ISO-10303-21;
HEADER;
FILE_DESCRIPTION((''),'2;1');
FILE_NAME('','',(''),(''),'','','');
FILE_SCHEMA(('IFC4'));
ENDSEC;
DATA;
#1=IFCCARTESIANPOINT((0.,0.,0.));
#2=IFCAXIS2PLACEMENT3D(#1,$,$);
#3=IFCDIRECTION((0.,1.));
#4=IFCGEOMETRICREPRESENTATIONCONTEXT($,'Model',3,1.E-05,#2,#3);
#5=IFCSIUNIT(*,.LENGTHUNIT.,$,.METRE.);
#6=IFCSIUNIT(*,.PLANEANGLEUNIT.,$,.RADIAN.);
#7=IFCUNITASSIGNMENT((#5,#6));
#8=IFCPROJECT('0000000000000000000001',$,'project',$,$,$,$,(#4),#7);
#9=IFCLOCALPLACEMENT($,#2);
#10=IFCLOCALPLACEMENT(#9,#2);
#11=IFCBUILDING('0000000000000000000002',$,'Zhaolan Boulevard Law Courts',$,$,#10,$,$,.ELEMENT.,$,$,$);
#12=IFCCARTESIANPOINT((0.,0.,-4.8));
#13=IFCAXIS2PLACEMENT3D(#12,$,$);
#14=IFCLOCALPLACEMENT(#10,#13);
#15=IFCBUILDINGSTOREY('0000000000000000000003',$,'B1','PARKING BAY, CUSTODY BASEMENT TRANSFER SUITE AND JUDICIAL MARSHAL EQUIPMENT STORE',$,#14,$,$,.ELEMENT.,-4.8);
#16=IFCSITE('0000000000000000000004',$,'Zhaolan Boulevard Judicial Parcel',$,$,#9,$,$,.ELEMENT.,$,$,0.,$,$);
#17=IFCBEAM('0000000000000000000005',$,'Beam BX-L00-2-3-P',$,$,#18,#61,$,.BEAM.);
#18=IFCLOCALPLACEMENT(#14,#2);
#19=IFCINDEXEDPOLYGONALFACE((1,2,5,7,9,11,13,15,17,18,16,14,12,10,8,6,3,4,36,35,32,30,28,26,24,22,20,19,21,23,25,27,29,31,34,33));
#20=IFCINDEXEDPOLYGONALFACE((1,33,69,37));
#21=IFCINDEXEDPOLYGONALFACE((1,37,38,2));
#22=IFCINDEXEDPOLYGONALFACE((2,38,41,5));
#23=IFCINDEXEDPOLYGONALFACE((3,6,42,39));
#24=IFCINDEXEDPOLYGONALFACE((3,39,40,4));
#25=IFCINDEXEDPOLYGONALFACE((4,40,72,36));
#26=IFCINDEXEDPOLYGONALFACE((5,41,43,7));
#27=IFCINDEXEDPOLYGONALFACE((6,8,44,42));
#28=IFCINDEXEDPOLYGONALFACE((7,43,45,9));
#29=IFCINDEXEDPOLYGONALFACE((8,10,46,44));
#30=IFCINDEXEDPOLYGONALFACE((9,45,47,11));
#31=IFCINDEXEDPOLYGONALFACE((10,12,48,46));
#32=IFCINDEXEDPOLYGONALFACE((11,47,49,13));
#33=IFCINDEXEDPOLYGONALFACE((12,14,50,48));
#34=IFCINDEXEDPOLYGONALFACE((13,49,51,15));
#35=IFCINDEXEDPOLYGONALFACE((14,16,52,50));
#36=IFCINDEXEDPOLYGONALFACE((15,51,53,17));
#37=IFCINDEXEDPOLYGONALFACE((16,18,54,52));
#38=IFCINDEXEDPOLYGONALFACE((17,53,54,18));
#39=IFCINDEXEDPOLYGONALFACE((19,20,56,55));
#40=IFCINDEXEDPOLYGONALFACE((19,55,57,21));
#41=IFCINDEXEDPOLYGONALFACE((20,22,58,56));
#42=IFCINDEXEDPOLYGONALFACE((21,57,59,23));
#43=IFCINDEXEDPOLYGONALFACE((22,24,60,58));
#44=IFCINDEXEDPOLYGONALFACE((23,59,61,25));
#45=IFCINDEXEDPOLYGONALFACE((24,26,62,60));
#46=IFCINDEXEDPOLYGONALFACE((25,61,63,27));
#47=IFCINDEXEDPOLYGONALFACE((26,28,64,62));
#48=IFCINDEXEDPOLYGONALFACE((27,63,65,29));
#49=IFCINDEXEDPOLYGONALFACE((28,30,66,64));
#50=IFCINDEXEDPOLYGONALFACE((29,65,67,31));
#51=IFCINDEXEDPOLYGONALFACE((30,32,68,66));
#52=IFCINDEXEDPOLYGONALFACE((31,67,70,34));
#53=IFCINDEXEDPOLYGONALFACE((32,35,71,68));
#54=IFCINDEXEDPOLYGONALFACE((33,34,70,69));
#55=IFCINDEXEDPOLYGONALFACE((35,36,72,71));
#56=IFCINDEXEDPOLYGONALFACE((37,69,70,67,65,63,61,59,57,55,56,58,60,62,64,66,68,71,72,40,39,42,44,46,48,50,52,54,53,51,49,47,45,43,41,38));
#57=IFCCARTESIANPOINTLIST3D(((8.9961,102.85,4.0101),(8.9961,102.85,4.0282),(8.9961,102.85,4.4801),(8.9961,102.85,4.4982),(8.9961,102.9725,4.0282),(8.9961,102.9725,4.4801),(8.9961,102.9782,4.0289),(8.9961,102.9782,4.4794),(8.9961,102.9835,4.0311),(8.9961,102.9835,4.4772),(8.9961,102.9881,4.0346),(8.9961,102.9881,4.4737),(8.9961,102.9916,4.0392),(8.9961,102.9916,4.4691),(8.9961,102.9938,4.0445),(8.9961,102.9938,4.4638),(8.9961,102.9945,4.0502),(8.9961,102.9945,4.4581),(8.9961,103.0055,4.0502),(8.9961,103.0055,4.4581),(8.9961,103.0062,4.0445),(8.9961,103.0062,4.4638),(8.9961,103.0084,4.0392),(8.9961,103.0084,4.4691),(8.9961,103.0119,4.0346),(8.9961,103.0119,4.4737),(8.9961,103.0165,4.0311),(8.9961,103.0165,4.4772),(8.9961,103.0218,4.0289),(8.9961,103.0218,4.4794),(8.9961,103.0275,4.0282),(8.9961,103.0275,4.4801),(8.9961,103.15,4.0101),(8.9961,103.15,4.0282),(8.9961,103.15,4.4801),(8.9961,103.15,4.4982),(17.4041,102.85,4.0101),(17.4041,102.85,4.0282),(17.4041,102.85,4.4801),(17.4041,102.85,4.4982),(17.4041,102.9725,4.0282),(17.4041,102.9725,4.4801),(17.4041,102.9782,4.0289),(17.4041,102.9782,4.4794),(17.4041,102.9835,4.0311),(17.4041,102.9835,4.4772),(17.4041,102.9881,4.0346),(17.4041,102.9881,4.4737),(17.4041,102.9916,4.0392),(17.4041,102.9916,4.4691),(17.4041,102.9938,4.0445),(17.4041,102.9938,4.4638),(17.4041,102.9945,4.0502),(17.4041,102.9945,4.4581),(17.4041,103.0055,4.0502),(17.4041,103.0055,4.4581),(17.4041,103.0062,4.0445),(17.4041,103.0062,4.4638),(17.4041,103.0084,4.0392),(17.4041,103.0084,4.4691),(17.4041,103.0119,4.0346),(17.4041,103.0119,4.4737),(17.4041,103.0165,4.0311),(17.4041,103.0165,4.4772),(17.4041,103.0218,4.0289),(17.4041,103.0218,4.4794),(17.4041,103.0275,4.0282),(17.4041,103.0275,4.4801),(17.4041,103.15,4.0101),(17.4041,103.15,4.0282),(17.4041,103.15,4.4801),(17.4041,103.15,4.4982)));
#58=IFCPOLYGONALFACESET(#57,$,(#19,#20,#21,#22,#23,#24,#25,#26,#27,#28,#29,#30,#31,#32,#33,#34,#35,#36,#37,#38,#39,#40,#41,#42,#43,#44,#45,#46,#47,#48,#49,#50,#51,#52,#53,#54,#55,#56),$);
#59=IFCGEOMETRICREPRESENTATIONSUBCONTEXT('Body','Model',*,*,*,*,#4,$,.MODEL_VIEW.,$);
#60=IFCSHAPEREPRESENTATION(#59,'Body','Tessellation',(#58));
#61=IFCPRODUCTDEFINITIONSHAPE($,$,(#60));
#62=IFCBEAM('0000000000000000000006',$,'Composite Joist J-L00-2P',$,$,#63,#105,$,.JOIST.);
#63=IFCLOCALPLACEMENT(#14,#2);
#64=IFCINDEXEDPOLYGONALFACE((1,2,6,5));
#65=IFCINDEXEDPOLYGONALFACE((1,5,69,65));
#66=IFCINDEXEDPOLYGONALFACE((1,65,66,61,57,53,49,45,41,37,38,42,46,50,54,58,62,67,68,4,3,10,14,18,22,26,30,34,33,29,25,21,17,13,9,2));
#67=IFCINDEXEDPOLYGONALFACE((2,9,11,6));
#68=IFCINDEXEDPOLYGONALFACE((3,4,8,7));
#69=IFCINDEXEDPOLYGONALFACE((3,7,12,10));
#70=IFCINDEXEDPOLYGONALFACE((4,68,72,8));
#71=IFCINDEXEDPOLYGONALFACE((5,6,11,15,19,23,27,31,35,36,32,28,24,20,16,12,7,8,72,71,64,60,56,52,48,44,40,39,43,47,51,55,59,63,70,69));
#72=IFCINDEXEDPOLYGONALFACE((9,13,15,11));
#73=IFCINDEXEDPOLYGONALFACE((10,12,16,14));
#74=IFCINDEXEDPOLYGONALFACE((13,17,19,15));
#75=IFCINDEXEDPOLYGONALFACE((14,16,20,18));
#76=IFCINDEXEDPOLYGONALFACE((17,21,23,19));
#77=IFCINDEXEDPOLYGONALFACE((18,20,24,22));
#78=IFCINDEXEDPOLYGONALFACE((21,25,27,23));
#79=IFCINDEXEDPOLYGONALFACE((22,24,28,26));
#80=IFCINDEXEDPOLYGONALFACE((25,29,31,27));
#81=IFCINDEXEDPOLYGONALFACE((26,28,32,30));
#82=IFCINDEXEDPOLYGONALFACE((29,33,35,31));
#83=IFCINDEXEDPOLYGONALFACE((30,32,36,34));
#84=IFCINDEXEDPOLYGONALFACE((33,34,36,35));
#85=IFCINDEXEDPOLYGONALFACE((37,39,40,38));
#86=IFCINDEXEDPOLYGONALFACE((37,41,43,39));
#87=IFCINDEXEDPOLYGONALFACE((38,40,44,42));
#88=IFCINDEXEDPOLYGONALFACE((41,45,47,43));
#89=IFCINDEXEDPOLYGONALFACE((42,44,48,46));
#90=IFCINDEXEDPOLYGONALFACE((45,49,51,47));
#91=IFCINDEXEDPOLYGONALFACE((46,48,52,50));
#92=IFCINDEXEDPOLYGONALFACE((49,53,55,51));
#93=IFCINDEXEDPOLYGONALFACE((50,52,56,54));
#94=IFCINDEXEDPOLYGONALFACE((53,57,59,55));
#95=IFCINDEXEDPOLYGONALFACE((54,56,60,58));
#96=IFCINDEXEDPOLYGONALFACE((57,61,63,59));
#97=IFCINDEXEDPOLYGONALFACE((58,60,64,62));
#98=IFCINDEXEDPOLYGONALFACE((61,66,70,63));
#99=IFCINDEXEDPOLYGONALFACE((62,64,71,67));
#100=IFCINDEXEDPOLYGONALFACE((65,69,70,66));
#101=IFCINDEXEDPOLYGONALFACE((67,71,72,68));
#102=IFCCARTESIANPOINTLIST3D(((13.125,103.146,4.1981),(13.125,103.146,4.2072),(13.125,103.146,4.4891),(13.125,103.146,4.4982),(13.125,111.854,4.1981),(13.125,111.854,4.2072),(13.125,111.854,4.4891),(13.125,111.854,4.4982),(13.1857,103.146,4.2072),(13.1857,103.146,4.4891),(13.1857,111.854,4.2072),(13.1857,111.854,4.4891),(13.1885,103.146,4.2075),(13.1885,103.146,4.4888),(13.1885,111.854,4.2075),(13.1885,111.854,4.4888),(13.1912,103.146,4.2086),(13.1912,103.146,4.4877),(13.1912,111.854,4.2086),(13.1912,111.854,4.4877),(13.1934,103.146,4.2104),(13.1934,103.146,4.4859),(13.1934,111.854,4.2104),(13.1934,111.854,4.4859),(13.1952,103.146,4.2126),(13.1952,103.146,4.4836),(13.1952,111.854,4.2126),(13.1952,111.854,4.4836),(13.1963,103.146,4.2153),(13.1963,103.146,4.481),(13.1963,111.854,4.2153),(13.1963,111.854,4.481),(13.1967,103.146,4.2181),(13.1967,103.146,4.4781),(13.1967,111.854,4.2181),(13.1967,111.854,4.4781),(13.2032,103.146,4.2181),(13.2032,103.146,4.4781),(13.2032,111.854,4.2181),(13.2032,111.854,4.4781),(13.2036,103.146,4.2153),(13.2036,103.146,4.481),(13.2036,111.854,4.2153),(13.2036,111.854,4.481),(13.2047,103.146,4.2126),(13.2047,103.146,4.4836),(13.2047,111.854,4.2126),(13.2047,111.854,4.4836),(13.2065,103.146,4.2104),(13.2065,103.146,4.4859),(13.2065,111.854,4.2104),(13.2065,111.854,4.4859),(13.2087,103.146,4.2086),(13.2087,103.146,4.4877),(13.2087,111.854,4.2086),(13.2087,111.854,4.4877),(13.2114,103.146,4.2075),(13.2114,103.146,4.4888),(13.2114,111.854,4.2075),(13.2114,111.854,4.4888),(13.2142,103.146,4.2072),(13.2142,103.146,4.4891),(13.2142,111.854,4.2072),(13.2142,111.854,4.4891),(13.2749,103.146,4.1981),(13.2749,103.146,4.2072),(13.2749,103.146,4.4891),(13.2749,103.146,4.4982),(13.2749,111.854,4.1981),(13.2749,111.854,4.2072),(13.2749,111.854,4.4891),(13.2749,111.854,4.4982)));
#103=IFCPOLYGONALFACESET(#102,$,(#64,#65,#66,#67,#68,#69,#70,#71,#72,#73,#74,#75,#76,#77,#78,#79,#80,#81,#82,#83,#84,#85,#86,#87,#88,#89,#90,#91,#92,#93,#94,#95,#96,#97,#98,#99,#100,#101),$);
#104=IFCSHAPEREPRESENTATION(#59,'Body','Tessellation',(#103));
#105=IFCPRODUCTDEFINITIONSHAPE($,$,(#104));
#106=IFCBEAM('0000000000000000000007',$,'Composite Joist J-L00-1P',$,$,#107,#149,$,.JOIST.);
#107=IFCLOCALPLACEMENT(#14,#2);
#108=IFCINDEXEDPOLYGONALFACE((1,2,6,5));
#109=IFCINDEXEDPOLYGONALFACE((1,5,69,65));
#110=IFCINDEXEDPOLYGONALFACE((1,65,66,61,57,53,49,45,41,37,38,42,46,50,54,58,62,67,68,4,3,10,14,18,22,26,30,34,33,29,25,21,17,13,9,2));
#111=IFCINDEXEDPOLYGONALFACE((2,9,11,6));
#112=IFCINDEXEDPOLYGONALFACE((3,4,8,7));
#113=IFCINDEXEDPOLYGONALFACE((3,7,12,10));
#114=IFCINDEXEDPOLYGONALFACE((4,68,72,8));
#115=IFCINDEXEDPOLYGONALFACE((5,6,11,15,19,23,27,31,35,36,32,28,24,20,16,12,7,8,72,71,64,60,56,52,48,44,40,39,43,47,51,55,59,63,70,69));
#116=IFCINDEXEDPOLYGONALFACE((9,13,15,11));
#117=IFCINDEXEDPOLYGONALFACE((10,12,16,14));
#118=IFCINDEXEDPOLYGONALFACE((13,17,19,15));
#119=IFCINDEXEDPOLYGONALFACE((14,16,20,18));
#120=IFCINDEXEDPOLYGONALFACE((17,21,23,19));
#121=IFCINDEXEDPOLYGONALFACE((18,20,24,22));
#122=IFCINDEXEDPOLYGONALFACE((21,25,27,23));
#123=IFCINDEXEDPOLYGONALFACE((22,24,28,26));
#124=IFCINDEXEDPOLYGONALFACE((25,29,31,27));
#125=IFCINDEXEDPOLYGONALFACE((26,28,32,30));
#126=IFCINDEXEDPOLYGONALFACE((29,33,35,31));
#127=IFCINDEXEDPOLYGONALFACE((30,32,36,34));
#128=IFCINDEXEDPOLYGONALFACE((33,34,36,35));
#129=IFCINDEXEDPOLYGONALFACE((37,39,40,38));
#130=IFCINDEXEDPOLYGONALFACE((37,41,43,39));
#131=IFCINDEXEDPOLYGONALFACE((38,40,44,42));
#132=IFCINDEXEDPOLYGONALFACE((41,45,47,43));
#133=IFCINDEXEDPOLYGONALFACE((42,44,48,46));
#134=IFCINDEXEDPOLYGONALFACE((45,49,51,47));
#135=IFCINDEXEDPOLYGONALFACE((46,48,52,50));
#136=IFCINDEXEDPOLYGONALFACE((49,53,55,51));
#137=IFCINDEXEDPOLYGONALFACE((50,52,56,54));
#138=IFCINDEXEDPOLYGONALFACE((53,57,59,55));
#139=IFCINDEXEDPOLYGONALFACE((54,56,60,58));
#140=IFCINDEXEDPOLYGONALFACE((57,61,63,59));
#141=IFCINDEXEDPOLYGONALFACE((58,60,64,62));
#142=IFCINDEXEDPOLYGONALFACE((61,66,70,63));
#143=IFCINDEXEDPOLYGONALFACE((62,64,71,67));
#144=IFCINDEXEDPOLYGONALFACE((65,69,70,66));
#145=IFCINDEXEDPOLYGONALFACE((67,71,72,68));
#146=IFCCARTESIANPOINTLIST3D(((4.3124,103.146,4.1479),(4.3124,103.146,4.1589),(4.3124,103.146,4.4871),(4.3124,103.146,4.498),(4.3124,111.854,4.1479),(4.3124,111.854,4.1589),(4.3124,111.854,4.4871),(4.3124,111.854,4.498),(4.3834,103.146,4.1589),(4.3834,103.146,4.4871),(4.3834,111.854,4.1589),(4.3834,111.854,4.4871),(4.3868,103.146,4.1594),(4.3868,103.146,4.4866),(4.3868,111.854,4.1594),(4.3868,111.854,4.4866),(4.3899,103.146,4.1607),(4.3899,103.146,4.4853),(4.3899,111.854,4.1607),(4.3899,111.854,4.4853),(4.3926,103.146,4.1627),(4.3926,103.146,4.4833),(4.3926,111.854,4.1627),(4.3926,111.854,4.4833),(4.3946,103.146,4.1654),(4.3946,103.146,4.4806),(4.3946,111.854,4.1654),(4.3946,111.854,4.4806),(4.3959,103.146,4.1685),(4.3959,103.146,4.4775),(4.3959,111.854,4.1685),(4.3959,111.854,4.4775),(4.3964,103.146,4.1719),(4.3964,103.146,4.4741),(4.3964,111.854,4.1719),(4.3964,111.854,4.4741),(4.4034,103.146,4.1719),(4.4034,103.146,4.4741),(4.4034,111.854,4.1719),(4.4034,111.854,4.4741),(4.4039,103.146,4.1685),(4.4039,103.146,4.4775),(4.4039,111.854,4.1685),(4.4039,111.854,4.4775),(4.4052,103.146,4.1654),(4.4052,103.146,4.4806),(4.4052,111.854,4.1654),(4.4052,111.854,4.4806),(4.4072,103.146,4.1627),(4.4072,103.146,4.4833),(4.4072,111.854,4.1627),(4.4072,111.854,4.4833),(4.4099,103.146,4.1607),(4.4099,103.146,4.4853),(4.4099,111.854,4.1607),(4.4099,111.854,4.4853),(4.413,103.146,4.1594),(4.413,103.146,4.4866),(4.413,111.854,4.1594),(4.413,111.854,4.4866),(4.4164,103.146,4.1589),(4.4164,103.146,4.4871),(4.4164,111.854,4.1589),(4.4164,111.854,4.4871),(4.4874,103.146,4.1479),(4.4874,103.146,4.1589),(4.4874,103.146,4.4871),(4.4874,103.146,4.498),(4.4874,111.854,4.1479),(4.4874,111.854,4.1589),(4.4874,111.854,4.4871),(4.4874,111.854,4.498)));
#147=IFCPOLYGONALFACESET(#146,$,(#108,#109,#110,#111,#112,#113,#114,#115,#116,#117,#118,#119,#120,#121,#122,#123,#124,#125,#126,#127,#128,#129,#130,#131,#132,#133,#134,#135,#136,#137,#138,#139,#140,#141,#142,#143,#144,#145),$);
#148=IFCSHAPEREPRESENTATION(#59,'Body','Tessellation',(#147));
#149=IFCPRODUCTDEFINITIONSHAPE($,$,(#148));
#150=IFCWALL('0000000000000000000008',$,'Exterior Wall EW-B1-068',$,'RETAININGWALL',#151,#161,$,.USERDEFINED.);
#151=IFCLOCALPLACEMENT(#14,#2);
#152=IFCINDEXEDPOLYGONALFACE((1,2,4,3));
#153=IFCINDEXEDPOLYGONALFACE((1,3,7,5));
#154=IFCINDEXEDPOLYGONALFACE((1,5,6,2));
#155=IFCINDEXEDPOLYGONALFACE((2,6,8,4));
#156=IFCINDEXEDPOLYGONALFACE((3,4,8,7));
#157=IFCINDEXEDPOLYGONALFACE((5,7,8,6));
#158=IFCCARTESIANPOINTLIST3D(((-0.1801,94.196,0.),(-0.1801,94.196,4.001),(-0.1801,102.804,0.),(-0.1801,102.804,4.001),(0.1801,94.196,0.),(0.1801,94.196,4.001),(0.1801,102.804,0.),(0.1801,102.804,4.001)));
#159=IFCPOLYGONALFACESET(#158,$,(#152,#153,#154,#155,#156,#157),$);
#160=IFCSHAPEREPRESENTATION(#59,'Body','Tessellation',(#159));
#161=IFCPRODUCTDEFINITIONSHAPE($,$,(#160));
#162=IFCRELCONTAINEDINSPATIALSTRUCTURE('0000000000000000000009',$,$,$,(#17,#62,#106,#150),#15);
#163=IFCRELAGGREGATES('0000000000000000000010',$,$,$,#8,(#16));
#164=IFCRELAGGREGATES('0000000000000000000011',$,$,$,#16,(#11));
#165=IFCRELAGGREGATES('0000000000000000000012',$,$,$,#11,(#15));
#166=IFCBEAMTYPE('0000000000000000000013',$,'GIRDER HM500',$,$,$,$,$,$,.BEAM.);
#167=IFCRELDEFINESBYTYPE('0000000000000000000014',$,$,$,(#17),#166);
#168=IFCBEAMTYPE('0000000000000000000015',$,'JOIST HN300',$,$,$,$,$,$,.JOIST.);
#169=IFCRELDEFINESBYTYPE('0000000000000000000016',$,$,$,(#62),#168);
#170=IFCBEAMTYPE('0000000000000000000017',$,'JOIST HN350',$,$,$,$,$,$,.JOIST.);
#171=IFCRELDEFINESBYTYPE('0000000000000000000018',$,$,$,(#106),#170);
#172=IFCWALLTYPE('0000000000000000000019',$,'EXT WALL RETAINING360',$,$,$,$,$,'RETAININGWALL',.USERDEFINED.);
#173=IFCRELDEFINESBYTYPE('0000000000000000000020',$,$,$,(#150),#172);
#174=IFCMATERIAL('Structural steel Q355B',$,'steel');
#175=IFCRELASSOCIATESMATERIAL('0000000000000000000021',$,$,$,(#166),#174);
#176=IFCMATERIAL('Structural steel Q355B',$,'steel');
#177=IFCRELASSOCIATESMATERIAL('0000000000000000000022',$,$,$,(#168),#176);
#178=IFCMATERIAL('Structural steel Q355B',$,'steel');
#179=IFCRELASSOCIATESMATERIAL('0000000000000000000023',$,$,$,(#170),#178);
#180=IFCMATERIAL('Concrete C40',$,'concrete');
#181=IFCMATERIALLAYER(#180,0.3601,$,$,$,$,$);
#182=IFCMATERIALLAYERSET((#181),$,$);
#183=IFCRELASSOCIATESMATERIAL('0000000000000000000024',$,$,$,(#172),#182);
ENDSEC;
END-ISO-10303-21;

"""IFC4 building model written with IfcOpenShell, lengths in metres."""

from ifc_helpers import new_model, si_unit, direction, frame, frame_2d, origin, origin_2d, place, context, subcontext, project, spatial, rectangle, i_section, extrude, material, layer, layer_set, material_profile, profile_set, type_object, element, save


model = new_model("IFC4")

# Units and contexts
model_context = context("Model", 3, precision=1e-05, world=origin(), true_north=direction((0.0, 1.0)))
body_context = subcontext(model_context, "Body", "Model", "MODEL_VIEW")
ifc_project = project(units=[si_unit("LENGTHUNIT", "METRE"), si_unit("PLANEANGLEUNIT", "RADIAN")], contexts=[model_context])

# Site, building, storey
site_placement = place(None, origin())
site = spatial("IfcSite", under=ifc_project, at=site_placement, Name="Zhaolan Boulevard Judicial Parcel", CompositionType="ELEMENT", RefElevation=0.0)
building_placement = place(site_placement, origin())
building = spatial("IfcBuilding", under=site, at=building_placement, Name="Zhaolan Boulevard Law Courts", CompositionType="ELEMENT")
storey_placement = place(building_placement, frame((0.0, 0.0, -4.8)))
storey = spatial("IfcBuildingStorey", under=building, at=storey_placement, Name="B1", Description="PARKING BAY, CUSTODY BASEMENT TRANSFER SUITE AND JUDICIAL MARSHAL EQUIPMENT STORE", CompositionType="ELEMENT", Elevation=-4.8)

# Beams
ifc_material_1 = material(Name="Structural steel Q355B", Category="steel")
ifc_material_profile_1 = material_profile(ifc_material_1, i_section(OverallWidth=0.3, OverallDepth=0.488, WebThickness=0.011, FlangeThickness=0.0181, FilletRadius=0.022, at=origin_2d()), Name="HM488x300")
ifc_profile_set_1 = profile_set([ifc_material_profile_1], Name="Structural steel Q355B")
beam_type_1 = type_object("IfcBeamType", Name="GIRDER HM500", PredefinedType="BEAM", material=ifc_profile_set_1)
for number, where, z_axis, x_axis, name in (
    (1, (8.9961, 103.0, 4.2542), (1.0, 0.0, 0.0), (0.0, 1.0, 0.0), "Beam BX-L00-2-3-P"),
):
    element("IfcBeam", number, at=place(storey_placement, frame(where, z_axis=z_axis, x_axis=x_axis)), inside=storey, type_object=beam_type_1, Name=name, PredefinedType="BEAM", context=body_context, shape_type="SweptSolid", body=[
        extrude(i_section(OverallWidth=0.3, OverallDepth=0.488, WebThickness=0.011, FlangeThickness=0.0181, FilletRadius=0.022, at=origin_2d()), origin(), (0.0, 0.0, 1.0), 8.408),
    ])
ifc_material_2 = material(Name="Structural steel Q355B", Category="steel")
ifc_material_profile_2 = material_profile(ifc_material_2, i_section(OverallWidth=0.1499, OverallDepth=0.3, WebThickness=0.0066, FlangeThickness=0.009, FilletRadius=0.011, at=origin_2d()), Name="HN300x150")
ifc_profile_set_2 = profile_set([ifc_material_profile_2], Name="Structural steel Q355B")
beam_type_2 = type_object("IfcBeamType", Name="JOIST HN300", PredefinedType="JOIST", material=ifc_profile_set_2)
beam_1_placement = place(storey_placement, frame((13.2, 103.146, 4.3481), z_axis=(0.0, 1.0, 0.0), x_axis=(-1.0, 0.0, 0.0)))
element("IfcBeam", 2, at=beam_1_placement, inside=storey, type_object=beam_type_2, Name="Composite Joist J-L00-2P", PredefinedType="JOIST", context=body_context, shape_type="SweptSolid", body=[
    extrude(i_section(OverallWidth=0.1499, OverallDepth=0.3, WebThickness=0.0066, FlangeThickness=0.009, FilletRadius=0.011, at=origin_2d()), origin(), (0.0, 0.0, 1.0), 8.708),
])
ifc_material_3 = material(Name="Structural steel Q355B", Category="steel")
ifc_material_profile_3 = material_profile(ifc_material_3, i_section(OverallWidth=0.175, OverallDepth=0.3501, WebThickness=0.0071, FlangeThickness=0.011, FilletRadius=0.0129, at=origin_2d()), Name="HN350x175")
ifc_profile_set_3 = profile_set([ifc_material_profile_3], Name="Structural steel Q355B")
beam_type_3 = type_object("IfcBeamType", Name="JOIST HN350", PredefinedType="JOIST", material=ifc_profile_set_3)
beam_2_placement = place(storey_placement, frame((4.3999, 103.146, 4.323), z_axis=(0.0, 1.0, 0.0), x_axis=(-1.0, 0.0, 0.0)))
element("IfcBeam", 3, at=beam_2_placement, inside=storey, type_object=beam_type_3, Name="Composite Joist J-L00-1P", PredefinedType="JOIST", context=body_context, shape_type="SweptSolid", body=[
    extrude(i_section(OverallWidth=0.175, OverallDepth=0.3501, WebThickness=0.0071, FlangeThickness=0.011, FilletRadius=0.0129, at=origin_2d()), origin(), (0.0, 0.0, 1.0), 8.708),
])

# Wall
ifc_material_4 = material(Name="Concrete C40", Category="concrete")
ifc_layer = layer(ifc_material_4, 0.3601)
ifc_layer_set = layer_set([ifc_layer])
wall_type = type_object("IfcWallType", Name="EXT WALL RETAINING360", ElementType="RETAININGWALL", PredefinedType="USERDEFINED", material=ifc_layer_set)
wall_placement = place(storey_placement, frame((0.0, 102.804, 0.0), z_axis=(0.0, 0.0, 1.0), x_axis=(0.0, -1.0, 0.0)))
element("IfcWall", 4, at=wall_placement, inside=storey, type_object=wall_type, Name="Exterior Wall EW-B1-068", ObjectType="RETAININGWALL", PredefinedType="USERDEFINED", context=body_context, shape_type="SweptSolid", body=[
    extrude(rectangle(XDim=8.6079, YDim=0.3601, at=frame_2d((4.304, 0.0))), origin(), (0.0, 0.0, 1.0), 4.001),
])

save(model, "model.ifc")
